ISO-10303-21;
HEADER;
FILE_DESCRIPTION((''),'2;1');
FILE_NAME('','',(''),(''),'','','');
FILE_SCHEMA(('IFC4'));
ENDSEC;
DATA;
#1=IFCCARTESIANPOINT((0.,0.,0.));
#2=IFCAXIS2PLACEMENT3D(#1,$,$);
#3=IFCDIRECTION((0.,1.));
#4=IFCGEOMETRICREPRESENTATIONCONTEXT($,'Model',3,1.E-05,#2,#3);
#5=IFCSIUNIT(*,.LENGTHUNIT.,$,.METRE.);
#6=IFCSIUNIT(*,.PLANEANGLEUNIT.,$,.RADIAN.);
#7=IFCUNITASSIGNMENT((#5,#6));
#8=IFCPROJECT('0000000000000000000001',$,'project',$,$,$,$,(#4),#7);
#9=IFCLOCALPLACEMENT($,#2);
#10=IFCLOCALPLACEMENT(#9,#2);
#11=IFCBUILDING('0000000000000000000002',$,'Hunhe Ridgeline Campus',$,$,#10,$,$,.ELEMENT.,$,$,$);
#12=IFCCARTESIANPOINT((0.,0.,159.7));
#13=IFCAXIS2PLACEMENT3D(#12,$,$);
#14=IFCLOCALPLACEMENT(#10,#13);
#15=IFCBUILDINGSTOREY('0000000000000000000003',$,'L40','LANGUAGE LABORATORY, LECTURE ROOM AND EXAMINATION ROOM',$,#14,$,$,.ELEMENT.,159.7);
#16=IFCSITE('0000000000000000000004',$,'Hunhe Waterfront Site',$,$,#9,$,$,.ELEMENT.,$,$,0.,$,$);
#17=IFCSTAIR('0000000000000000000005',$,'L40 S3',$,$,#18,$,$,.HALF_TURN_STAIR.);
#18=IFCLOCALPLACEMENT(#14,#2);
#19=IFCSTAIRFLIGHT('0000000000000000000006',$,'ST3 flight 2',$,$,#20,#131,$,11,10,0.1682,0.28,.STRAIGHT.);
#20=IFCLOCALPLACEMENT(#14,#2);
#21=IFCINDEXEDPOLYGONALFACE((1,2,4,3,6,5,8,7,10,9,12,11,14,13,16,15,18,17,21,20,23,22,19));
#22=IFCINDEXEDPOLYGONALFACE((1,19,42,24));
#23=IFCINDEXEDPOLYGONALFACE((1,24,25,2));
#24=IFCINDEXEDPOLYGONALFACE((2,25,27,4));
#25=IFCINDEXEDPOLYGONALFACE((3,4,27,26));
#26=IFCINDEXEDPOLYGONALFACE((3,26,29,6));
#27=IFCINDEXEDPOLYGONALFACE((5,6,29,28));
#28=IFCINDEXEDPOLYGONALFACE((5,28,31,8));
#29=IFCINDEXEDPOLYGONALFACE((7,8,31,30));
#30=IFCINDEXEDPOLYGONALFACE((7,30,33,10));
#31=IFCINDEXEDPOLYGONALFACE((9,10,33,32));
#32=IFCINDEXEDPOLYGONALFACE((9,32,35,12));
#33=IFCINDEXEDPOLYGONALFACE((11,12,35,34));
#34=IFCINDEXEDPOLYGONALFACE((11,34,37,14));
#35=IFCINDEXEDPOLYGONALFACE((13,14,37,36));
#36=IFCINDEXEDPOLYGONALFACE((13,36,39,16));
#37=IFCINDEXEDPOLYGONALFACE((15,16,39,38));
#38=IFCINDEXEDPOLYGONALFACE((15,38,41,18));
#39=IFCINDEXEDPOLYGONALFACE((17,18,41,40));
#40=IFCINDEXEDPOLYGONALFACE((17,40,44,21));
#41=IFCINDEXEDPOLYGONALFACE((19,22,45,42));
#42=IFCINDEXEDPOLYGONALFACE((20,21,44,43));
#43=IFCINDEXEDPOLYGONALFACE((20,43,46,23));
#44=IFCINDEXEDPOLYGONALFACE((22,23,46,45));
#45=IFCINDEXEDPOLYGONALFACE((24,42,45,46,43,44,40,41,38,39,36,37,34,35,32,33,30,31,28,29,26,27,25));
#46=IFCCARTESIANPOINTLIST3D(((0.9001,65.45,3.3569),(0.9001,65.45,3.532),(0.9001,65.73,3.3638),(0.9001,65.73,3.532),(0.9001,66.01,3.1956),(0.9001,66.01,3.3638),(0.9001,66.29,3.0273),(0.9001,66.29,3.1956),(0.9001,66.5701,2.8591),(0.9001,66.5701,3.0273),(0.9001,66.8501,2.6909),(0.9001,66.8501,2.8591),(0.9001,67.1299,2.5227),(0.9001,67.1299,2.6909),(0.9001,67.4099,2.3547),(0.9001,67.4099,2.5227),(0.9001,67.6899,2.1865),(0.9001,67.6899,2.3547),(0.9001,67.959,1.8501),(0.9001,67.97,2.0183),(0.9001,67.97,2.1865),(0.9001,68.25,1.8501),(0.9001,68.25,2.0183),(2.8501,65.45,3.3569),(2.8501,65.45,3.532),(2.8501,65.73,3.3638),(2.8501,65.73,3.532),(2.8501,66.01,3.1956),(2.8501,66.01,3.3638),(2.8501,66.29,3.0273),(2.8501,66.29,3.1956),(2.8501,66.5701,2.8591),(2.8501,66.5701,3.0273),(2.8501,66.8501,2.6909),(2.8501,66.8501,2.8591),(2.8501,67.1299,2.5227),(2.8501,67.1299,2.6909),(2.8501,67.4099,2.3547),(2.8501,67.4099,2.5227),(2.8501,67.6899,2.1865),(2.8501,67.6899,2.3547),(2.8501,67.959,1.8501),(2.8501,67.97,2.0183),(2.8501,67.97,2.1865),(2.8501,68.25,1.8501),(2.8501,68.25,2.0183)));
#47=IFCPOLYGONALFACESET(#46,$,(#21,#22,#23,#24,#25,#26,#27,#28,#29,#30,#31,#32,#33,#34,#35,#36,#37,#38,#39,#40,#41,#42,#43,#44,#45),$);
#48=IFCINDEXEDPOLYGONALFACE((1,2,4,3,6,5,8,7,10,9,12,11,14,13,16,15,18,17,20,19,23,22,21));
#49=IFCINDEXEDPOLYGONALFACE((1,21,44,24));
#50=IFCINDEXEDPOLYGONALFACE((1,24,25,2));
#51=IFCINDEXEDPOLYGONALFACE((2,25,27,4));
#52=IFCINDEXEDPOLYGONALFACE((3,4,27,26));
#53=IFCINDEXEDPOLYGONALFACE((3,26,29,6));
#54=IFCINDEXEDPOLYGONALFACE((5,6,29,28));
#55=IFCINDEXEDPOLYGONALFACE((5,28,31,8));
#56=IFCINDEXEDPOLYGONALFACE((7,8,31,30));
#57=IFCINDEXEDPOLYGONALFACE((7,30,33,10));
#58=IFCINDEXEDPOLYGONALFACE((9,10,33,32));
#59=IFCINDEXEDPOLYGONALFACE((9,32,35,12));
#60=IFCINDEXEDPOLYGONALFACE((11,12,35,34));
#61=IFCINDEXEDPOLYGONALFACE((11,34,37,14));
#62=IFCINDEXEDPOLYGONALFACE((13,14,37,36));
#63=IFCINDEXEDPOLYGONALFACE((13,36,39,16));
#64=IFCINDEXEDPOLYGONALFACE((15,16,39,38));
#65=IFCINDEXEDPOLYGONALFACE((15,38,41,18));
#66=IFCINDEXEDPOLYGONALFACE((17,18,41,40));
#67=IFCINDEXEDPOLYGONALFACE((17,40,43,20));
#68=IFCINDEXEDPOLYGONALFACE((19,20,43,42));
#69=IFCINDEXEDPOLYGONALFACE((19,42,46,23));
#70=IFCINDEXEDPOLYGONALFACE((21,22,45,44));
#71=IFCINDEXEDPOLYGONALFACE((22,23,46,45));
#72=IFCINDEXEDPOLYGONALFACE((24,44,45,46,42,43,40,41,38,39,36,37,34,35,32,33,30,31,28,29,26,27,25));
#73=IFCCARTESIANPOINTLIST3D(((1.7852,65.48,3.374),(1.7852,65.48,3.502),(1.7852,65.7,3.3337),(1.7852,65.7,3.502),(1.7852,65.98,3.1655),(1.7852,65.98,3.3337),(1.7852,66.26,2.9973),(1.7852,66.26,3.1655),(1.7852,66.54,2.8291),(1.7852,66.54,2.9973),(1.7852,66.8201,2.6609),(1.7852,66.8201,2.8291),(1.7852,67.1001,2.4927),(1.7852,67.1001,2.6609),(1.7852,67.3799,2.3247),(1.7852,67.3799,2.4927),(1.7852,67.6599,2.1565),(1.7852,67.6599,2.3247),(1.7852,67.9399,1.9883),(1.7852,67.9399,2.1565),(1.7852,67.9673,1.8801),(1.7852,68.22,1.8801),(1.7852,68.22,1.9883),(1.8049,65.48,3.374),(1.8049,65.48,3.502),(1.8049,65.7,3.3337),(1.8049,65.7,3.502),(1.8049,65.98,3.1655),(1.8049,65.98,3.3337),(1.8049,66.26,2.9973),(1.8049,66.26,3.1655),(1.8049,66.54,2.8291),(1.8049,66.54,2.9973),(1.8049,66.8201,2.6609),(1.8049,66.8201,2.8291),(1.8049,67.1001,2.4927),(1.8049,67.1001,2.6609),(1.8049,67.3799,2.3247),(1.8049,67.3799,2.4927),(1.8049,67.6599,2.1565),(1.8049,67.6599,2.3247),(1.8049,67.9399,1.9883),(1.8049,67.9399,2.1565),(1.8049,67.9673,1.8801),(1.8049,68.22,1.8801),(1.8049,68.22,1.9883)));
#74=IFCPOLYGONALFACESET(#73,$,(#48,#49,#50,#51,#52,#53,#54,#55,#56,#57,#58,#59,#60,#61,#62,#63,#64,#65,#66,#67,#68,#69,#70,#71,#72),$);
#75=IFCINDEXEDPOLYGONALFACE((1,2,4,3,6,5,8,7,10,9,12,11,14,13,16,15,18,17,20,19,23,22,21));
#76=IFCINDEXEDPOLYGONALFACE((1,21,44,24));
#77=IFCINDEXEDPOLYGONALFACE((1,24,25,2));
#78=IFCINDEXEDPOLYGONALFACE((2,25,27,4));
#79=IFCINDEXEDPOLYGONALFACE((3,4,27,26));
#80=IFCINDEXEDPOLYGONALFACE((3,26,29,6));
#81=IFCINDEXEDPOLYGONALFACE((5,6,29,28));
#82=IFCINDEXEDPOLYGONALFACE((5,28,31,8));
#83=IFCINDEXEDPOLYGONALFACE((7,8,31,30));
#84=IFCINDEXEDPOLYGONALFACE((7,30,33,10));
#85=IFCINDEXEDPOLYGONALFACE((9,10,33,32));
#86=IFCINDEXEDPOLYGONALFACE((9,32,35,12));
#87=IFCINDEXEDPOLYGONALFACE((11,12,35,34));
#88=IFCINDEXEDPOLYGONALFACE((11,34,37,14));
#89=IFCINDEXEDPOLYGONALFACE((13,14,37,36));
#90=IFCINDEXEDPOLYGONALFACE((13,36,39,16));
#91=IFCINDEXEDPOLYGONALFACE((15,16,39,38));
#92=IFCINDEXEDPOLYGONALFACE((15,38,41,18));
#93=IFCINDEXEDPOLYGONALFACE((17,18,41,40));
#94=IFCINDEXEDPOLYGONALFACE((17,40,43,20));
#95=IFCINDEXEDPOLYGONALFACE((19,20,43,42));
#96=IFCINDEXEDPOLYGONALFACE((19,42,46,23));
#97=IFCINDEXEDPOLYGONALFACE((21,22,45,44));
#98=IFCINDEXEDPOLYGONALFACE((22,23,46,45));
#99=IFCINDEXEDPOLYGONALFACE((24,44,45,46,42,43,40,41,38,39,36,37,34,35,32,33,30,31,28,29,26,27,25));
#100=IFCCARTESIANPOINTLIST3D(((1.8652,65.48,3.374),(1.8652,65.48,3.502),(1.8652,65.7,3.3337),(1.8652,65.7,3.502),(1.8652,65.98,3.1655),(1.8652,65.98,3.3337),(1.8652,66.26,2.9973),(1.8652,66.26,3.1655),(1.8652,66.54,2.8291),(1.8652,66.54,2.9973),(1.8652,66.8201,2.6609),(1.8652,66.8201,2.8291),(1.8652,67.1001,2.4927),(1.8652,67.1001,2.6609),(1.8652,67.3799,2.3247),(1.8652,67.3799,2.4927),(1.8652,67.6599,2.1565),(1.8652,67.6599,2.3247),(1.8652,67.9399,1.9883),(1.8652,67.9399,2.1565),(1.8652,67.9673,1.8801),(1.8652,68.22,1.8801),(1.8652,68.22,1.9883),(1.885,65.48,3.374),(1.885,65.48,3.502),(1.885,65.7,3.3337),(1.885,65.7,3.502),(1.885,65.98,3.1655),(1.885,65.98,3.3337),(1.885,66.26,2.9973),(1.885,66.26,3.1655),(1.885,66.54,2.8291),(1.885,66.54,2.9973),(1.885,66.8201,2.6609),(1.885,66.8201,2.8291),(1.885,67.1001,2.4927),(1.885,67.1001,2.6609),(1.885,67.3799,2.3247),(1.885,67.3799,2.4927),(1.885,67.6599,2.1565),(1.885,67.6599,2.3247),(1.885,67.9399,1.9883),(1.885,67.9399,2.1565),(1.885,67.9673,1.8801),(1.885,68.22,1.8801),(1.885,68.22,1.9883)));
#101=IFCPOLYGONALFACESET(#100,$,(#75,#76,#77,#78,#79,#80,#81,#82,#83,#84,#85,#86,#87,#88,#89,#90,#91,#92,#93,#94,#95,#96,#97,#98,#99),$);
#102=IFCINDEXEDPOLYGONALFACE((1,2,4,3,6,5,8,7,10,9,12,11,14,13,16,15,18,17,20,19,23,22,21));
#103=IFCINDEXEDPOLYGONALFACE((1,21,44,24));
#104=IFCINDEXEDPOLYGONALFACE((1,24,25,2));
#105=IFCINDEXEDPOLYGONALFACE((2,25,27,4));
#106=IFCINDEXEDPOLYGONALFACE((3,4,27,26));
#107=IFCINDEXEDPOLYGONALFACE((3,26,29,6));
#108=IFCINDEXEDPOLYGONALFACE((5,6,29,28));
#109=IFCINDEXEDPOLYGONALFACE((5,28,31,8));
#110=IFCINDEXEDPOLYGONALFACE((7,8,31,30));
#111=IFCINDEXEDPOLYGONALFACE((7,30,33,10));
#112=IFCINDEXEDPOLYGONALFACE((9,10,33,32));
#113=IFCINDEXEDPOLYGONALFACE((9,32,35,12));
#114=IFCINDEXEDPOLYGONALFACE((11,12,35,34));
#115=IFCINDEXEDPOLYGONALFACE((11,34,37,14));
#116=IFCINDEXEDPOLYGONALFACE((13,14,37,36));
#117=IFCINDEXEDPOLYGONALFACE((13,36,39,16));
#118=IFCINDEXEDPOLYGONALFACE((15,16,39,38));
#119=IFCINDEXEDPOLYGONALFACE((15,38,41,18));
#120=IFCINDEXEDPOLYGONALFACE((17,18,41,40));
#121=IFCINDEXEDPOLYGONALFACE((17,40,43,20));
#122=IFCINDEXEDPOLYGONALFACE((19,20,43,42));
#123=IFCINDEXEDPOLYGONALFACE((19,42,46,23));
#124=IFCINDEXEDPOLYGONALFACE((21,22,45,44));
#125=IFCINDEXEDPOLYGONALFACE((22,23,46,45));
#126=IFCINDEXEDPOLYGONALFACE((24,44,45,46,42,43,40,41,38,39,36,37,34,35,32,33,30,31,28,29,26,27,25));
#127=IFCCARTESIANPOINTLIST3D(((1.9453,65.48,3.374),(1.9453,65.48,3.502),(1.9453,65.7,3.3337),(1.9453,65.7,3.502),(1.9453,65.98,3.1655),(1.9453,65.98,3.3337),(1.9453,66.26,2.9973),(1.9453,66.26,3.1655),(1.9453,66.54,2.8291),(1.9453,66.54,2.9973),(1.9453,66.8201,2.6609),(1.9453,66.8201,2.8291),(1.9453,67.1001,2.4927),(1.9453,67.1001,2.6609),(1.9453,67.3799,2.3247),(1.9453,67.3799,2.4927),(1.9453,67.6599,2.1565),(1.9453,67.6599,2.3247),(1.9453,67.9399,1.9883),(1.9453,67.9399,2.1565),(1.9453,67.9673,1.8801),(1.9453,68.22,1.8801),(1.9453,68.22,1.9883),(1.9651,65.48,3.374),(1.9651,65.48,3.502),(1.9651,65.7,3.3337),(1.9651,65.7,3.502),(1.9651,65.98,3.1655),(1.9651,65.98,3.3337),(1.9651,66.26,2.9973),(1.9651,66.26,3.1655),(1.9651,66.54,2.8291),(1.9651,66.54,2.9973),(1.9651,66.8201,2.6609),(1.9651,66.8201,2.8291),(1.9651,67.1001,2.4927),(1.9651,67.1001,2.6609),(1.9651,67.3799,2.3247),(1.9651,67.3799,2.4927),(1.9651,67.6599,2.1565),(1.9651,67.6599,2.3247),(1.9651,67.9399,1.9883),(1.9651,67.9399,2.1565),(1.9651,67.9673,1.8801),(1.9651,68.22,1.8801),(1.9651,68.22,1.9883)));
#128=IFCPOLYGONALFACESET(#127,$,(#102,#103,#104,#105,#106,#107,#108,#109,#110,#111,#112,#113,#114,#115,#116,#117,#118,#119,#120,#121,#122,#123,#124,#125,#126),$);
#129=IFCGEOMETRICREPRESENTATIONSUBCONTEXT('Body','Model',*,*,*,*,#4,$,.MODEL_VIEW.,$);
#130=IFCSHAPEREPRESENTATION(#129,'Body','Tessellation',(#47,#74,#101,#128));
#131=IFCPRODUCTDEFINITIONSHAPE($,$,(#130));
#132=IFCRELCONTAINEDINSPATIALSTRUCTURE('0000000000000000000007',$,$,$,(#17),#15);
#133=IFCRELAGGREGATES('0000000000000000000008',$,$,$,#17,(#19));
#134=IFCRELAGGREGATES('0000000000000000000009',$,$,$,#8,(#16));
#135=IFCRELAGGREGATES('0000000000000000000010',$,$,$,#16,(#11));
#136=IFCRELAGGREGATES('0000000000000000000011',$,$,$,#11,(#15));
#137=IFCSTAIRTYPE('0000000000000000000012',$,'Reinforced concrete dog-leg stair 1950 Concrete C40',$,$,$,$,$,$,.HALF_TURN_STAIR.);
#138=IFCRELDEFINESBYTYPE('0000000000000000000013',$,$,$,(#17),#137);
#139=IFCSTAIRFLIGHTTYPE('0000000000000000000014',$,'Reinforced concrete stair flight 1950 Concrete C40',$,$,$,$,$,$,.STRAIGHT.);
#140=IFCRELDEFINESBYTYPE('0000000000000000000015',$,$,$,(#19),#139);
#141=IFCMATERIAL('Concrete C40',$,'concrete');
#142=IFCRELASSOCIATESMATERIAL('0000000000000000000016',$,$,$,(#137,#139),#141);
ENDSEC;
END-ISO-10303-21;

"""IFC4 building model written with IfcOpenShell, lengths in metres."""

from ifc_helpers import new_model, si_unit, direction, frame, origin, place, context, subcontext, project, spatial, polyline, outline, extrude, material, type_object, element, aggregate, save


model = new_model("IFC4")

# Units and contexts
model_context = context("Model", 3, precision=1e-05, world=origin(), true_north=direction((0.0, 1.0)))
body_context = subcontext(model_context, "Body", "Model", "MODEL_VIEW")
ifc_project = project(units=[si_unit("LENGTHUNIT", "METRE"), si_unit("PLANEANGLEUNIT", "RADIAN")], contexts=[model_context])

# Site, building, storey
site_placement = place(None, origin())
site = spatial("IfcSite", under=ifc_project, at=site_placement, Name="Hunhe Waterfront Site", CompositionType="ELEMENT", RefElevation=0.0)
building_placement = place(site_placement, origin())
building = spatial("IfcBuilding", under=site, at=building_placement, Name="Hunhe Ridgeline Campus", CompositionType="ELEMENT")
storey_placement = place(building_placement, frame((0.0, 0.0, 159.7)))
storey = spatial("IfcBuildingStorey", under=building, at=storey_placement, Name="L40", Description="LANGUAGE LABORATORY, LECTURE ROOM AND EXAMINATION ROOM", CompositionType="ELEMENT", Elevation=159.7)

# Stair, stair flight
ifc_material_1 = material(Name="Concrete C40", Category="concrete")
stair_type = type_object("IfcStairType", Name="Reinforced concrete dog-leg stair 1950 Concrete C40", PredefinedType="HALF_TURN_STAIR", material=ifc_material_1)
stair_1_placement = place(storey_placement, origin())
stair_1 = element("IfcStair", 1, at=stair_1_placement, inside=storey, type_object=stair_type, Name="L40 S3", PredefinedType="HALF_TURN_STAIR")
stair_flight_type = type_object("IfcStairFlightType", Name="Reinforced concrete stair flight 1950 Concrete C40", PredefinedType="STRAIGHT", material=ifc_material_1)
stair_flight_1_placement = place(storey_placement, frame((1.875, 68.25, 1.8501), z_axis=(0.0, 0.0, 1.0), x_axis=(0.0, -1.0, 0.0)))
stair_flight_1 = element("IfcStairFlight", 2, at=stair_flight_1_placement, type_object=stair_flight_type, Name="ST3 flight 2", NumberOfRisers=11, NumberOfTreads=10, PredefinedType="STRAIGHT", RiserHeight=0.1682, TreadLength=0.28, context=body_context, shape_type="SweptSolid", body=[
    extrude(outline(polyline([(0.0, 0.0), (0.0, 0.1682), (0.28, 0.1682), (0.28, 0.3364), (0.5601, 0.3364), (0.5601, 0.5046), (0.8401, 0.5046), (0.8401, 0.6726), (1.1201, 0.6726), (1.1201, 0.8408), (1.3999, 0.8408), (1.3999, 1.009), (1.6799, 1.009), (1.6799, 1.1772), (1.96, 1.1772), (1.96, 1.3455), (2.24, 1.3455), (2.24, 1.5137), (2.52, 1.5137), (2.52, 1.6819), (2.8, 1.6819), (2.8, 1.8501), (2.8, 1.5068), (0.291, 0.0), (0.0, 0.0)])), frame((0.0, 0.9751, 0.0), z_axis=(0.0, -1.0, 0.0), x_axis=(1.0, 0.0, 0.0)), (0.0, 0.0, 1.0), 1.95),
    extrude(outline(polyline([(0.03, 0.03), (0.03, 0.1382), (0.3101, 0.1382), (0.3101, 0.3064), (0.5901, 0.3064), (0.5901, 0.4746), (0.8701, 0.4746), (0.8701, 0.6426), (1.1499, 0.6426), (1.1499, 0.8108), (1.4299, 0.8108), (1.4299, 0.979), (1.71, 0.979), (1.71, 1.1472), (1.99, 1.1472), (1.99, 1.3154), (2.27, 1.3154), (2.27, 1.4836), (2.55, 1.4836), (2.55, 1.6519), (2.77, 1.6519), (2.77, 1.5239), (0.2827, 0.03), (0.03, 0.03)])), frame((0.0, -0.0701, 0.0), z_axis=(0.0, -1.0, 0.0), x_axis=(1.0, 0.0, 0.0)), (0.0, 0.0, 1.0), 0.0198),
    extrude(outline(polyline([(0.03, 0.03), (0.03, 0.1382), (0.3101, 0.1382), (0.3101, 0.3064), (0.5901, 0.3064), (0.5901, 0.4746), (0.8701, 0.4746), (0.8701, 0.6426), (1.1499, 0.6426), (1.1499, 0.8108), (1.4299, 0.8108), (1.4299, 0.979), (1.71, 0.979), (1.71, 1.1472), (1.99, 1.1472), (1.99, 1.3154), (2.27, 1.3154), (2.27, 1.4836), (2.55, 1.4836), (2.55, 1.6519), (2.77, 1.6519), (2.77, 1.5239), (0.2827, 0.03), (0.03, 0.03)])), frame((0.0, 0.01, 0.0), z_axis=(0.0, -1.0, 0.0), x_axis=(1.0, 0.0, 0.0)), (0.0, 0.0, 1.0), 0.0198),
    extrude(outline(polyline([(0.03, 0.03), (0.03, 0.1382), (0.3101, 0.1382), (0.3101, 0.3064), (0.5901, 0.3064), (0.5901, 0.4746), (0.8701, 0.4746), (0.8701, 0.6426), (1.1499, 0.6426), (1.1499, 0.8108), (1.4299, 0.8108), (1.4299, 0.979), (1.71, 0.979), (1.71, 1.1472), (1.99, 1.1472), (1.99, 1.3154), (2.27, 1.3154), (2.27, 1.4836), (2.55, 1.4836), (2.55, 1.6519), (2.77, 1.6519), (2.77, 1.5239), (0.2827, 0.03), (0.03, 0.03)])), frame((0.0, 0.0901, 0.0), z_axis=(0.0, -1.0, 0.0), x_axis=(1.0, 0.0, 0.0)), (0.0, 0.0, 1.0), 0.0198),
])
aggregate(stair_1, [stair_flight_1])

save(model, "model.ifc")
